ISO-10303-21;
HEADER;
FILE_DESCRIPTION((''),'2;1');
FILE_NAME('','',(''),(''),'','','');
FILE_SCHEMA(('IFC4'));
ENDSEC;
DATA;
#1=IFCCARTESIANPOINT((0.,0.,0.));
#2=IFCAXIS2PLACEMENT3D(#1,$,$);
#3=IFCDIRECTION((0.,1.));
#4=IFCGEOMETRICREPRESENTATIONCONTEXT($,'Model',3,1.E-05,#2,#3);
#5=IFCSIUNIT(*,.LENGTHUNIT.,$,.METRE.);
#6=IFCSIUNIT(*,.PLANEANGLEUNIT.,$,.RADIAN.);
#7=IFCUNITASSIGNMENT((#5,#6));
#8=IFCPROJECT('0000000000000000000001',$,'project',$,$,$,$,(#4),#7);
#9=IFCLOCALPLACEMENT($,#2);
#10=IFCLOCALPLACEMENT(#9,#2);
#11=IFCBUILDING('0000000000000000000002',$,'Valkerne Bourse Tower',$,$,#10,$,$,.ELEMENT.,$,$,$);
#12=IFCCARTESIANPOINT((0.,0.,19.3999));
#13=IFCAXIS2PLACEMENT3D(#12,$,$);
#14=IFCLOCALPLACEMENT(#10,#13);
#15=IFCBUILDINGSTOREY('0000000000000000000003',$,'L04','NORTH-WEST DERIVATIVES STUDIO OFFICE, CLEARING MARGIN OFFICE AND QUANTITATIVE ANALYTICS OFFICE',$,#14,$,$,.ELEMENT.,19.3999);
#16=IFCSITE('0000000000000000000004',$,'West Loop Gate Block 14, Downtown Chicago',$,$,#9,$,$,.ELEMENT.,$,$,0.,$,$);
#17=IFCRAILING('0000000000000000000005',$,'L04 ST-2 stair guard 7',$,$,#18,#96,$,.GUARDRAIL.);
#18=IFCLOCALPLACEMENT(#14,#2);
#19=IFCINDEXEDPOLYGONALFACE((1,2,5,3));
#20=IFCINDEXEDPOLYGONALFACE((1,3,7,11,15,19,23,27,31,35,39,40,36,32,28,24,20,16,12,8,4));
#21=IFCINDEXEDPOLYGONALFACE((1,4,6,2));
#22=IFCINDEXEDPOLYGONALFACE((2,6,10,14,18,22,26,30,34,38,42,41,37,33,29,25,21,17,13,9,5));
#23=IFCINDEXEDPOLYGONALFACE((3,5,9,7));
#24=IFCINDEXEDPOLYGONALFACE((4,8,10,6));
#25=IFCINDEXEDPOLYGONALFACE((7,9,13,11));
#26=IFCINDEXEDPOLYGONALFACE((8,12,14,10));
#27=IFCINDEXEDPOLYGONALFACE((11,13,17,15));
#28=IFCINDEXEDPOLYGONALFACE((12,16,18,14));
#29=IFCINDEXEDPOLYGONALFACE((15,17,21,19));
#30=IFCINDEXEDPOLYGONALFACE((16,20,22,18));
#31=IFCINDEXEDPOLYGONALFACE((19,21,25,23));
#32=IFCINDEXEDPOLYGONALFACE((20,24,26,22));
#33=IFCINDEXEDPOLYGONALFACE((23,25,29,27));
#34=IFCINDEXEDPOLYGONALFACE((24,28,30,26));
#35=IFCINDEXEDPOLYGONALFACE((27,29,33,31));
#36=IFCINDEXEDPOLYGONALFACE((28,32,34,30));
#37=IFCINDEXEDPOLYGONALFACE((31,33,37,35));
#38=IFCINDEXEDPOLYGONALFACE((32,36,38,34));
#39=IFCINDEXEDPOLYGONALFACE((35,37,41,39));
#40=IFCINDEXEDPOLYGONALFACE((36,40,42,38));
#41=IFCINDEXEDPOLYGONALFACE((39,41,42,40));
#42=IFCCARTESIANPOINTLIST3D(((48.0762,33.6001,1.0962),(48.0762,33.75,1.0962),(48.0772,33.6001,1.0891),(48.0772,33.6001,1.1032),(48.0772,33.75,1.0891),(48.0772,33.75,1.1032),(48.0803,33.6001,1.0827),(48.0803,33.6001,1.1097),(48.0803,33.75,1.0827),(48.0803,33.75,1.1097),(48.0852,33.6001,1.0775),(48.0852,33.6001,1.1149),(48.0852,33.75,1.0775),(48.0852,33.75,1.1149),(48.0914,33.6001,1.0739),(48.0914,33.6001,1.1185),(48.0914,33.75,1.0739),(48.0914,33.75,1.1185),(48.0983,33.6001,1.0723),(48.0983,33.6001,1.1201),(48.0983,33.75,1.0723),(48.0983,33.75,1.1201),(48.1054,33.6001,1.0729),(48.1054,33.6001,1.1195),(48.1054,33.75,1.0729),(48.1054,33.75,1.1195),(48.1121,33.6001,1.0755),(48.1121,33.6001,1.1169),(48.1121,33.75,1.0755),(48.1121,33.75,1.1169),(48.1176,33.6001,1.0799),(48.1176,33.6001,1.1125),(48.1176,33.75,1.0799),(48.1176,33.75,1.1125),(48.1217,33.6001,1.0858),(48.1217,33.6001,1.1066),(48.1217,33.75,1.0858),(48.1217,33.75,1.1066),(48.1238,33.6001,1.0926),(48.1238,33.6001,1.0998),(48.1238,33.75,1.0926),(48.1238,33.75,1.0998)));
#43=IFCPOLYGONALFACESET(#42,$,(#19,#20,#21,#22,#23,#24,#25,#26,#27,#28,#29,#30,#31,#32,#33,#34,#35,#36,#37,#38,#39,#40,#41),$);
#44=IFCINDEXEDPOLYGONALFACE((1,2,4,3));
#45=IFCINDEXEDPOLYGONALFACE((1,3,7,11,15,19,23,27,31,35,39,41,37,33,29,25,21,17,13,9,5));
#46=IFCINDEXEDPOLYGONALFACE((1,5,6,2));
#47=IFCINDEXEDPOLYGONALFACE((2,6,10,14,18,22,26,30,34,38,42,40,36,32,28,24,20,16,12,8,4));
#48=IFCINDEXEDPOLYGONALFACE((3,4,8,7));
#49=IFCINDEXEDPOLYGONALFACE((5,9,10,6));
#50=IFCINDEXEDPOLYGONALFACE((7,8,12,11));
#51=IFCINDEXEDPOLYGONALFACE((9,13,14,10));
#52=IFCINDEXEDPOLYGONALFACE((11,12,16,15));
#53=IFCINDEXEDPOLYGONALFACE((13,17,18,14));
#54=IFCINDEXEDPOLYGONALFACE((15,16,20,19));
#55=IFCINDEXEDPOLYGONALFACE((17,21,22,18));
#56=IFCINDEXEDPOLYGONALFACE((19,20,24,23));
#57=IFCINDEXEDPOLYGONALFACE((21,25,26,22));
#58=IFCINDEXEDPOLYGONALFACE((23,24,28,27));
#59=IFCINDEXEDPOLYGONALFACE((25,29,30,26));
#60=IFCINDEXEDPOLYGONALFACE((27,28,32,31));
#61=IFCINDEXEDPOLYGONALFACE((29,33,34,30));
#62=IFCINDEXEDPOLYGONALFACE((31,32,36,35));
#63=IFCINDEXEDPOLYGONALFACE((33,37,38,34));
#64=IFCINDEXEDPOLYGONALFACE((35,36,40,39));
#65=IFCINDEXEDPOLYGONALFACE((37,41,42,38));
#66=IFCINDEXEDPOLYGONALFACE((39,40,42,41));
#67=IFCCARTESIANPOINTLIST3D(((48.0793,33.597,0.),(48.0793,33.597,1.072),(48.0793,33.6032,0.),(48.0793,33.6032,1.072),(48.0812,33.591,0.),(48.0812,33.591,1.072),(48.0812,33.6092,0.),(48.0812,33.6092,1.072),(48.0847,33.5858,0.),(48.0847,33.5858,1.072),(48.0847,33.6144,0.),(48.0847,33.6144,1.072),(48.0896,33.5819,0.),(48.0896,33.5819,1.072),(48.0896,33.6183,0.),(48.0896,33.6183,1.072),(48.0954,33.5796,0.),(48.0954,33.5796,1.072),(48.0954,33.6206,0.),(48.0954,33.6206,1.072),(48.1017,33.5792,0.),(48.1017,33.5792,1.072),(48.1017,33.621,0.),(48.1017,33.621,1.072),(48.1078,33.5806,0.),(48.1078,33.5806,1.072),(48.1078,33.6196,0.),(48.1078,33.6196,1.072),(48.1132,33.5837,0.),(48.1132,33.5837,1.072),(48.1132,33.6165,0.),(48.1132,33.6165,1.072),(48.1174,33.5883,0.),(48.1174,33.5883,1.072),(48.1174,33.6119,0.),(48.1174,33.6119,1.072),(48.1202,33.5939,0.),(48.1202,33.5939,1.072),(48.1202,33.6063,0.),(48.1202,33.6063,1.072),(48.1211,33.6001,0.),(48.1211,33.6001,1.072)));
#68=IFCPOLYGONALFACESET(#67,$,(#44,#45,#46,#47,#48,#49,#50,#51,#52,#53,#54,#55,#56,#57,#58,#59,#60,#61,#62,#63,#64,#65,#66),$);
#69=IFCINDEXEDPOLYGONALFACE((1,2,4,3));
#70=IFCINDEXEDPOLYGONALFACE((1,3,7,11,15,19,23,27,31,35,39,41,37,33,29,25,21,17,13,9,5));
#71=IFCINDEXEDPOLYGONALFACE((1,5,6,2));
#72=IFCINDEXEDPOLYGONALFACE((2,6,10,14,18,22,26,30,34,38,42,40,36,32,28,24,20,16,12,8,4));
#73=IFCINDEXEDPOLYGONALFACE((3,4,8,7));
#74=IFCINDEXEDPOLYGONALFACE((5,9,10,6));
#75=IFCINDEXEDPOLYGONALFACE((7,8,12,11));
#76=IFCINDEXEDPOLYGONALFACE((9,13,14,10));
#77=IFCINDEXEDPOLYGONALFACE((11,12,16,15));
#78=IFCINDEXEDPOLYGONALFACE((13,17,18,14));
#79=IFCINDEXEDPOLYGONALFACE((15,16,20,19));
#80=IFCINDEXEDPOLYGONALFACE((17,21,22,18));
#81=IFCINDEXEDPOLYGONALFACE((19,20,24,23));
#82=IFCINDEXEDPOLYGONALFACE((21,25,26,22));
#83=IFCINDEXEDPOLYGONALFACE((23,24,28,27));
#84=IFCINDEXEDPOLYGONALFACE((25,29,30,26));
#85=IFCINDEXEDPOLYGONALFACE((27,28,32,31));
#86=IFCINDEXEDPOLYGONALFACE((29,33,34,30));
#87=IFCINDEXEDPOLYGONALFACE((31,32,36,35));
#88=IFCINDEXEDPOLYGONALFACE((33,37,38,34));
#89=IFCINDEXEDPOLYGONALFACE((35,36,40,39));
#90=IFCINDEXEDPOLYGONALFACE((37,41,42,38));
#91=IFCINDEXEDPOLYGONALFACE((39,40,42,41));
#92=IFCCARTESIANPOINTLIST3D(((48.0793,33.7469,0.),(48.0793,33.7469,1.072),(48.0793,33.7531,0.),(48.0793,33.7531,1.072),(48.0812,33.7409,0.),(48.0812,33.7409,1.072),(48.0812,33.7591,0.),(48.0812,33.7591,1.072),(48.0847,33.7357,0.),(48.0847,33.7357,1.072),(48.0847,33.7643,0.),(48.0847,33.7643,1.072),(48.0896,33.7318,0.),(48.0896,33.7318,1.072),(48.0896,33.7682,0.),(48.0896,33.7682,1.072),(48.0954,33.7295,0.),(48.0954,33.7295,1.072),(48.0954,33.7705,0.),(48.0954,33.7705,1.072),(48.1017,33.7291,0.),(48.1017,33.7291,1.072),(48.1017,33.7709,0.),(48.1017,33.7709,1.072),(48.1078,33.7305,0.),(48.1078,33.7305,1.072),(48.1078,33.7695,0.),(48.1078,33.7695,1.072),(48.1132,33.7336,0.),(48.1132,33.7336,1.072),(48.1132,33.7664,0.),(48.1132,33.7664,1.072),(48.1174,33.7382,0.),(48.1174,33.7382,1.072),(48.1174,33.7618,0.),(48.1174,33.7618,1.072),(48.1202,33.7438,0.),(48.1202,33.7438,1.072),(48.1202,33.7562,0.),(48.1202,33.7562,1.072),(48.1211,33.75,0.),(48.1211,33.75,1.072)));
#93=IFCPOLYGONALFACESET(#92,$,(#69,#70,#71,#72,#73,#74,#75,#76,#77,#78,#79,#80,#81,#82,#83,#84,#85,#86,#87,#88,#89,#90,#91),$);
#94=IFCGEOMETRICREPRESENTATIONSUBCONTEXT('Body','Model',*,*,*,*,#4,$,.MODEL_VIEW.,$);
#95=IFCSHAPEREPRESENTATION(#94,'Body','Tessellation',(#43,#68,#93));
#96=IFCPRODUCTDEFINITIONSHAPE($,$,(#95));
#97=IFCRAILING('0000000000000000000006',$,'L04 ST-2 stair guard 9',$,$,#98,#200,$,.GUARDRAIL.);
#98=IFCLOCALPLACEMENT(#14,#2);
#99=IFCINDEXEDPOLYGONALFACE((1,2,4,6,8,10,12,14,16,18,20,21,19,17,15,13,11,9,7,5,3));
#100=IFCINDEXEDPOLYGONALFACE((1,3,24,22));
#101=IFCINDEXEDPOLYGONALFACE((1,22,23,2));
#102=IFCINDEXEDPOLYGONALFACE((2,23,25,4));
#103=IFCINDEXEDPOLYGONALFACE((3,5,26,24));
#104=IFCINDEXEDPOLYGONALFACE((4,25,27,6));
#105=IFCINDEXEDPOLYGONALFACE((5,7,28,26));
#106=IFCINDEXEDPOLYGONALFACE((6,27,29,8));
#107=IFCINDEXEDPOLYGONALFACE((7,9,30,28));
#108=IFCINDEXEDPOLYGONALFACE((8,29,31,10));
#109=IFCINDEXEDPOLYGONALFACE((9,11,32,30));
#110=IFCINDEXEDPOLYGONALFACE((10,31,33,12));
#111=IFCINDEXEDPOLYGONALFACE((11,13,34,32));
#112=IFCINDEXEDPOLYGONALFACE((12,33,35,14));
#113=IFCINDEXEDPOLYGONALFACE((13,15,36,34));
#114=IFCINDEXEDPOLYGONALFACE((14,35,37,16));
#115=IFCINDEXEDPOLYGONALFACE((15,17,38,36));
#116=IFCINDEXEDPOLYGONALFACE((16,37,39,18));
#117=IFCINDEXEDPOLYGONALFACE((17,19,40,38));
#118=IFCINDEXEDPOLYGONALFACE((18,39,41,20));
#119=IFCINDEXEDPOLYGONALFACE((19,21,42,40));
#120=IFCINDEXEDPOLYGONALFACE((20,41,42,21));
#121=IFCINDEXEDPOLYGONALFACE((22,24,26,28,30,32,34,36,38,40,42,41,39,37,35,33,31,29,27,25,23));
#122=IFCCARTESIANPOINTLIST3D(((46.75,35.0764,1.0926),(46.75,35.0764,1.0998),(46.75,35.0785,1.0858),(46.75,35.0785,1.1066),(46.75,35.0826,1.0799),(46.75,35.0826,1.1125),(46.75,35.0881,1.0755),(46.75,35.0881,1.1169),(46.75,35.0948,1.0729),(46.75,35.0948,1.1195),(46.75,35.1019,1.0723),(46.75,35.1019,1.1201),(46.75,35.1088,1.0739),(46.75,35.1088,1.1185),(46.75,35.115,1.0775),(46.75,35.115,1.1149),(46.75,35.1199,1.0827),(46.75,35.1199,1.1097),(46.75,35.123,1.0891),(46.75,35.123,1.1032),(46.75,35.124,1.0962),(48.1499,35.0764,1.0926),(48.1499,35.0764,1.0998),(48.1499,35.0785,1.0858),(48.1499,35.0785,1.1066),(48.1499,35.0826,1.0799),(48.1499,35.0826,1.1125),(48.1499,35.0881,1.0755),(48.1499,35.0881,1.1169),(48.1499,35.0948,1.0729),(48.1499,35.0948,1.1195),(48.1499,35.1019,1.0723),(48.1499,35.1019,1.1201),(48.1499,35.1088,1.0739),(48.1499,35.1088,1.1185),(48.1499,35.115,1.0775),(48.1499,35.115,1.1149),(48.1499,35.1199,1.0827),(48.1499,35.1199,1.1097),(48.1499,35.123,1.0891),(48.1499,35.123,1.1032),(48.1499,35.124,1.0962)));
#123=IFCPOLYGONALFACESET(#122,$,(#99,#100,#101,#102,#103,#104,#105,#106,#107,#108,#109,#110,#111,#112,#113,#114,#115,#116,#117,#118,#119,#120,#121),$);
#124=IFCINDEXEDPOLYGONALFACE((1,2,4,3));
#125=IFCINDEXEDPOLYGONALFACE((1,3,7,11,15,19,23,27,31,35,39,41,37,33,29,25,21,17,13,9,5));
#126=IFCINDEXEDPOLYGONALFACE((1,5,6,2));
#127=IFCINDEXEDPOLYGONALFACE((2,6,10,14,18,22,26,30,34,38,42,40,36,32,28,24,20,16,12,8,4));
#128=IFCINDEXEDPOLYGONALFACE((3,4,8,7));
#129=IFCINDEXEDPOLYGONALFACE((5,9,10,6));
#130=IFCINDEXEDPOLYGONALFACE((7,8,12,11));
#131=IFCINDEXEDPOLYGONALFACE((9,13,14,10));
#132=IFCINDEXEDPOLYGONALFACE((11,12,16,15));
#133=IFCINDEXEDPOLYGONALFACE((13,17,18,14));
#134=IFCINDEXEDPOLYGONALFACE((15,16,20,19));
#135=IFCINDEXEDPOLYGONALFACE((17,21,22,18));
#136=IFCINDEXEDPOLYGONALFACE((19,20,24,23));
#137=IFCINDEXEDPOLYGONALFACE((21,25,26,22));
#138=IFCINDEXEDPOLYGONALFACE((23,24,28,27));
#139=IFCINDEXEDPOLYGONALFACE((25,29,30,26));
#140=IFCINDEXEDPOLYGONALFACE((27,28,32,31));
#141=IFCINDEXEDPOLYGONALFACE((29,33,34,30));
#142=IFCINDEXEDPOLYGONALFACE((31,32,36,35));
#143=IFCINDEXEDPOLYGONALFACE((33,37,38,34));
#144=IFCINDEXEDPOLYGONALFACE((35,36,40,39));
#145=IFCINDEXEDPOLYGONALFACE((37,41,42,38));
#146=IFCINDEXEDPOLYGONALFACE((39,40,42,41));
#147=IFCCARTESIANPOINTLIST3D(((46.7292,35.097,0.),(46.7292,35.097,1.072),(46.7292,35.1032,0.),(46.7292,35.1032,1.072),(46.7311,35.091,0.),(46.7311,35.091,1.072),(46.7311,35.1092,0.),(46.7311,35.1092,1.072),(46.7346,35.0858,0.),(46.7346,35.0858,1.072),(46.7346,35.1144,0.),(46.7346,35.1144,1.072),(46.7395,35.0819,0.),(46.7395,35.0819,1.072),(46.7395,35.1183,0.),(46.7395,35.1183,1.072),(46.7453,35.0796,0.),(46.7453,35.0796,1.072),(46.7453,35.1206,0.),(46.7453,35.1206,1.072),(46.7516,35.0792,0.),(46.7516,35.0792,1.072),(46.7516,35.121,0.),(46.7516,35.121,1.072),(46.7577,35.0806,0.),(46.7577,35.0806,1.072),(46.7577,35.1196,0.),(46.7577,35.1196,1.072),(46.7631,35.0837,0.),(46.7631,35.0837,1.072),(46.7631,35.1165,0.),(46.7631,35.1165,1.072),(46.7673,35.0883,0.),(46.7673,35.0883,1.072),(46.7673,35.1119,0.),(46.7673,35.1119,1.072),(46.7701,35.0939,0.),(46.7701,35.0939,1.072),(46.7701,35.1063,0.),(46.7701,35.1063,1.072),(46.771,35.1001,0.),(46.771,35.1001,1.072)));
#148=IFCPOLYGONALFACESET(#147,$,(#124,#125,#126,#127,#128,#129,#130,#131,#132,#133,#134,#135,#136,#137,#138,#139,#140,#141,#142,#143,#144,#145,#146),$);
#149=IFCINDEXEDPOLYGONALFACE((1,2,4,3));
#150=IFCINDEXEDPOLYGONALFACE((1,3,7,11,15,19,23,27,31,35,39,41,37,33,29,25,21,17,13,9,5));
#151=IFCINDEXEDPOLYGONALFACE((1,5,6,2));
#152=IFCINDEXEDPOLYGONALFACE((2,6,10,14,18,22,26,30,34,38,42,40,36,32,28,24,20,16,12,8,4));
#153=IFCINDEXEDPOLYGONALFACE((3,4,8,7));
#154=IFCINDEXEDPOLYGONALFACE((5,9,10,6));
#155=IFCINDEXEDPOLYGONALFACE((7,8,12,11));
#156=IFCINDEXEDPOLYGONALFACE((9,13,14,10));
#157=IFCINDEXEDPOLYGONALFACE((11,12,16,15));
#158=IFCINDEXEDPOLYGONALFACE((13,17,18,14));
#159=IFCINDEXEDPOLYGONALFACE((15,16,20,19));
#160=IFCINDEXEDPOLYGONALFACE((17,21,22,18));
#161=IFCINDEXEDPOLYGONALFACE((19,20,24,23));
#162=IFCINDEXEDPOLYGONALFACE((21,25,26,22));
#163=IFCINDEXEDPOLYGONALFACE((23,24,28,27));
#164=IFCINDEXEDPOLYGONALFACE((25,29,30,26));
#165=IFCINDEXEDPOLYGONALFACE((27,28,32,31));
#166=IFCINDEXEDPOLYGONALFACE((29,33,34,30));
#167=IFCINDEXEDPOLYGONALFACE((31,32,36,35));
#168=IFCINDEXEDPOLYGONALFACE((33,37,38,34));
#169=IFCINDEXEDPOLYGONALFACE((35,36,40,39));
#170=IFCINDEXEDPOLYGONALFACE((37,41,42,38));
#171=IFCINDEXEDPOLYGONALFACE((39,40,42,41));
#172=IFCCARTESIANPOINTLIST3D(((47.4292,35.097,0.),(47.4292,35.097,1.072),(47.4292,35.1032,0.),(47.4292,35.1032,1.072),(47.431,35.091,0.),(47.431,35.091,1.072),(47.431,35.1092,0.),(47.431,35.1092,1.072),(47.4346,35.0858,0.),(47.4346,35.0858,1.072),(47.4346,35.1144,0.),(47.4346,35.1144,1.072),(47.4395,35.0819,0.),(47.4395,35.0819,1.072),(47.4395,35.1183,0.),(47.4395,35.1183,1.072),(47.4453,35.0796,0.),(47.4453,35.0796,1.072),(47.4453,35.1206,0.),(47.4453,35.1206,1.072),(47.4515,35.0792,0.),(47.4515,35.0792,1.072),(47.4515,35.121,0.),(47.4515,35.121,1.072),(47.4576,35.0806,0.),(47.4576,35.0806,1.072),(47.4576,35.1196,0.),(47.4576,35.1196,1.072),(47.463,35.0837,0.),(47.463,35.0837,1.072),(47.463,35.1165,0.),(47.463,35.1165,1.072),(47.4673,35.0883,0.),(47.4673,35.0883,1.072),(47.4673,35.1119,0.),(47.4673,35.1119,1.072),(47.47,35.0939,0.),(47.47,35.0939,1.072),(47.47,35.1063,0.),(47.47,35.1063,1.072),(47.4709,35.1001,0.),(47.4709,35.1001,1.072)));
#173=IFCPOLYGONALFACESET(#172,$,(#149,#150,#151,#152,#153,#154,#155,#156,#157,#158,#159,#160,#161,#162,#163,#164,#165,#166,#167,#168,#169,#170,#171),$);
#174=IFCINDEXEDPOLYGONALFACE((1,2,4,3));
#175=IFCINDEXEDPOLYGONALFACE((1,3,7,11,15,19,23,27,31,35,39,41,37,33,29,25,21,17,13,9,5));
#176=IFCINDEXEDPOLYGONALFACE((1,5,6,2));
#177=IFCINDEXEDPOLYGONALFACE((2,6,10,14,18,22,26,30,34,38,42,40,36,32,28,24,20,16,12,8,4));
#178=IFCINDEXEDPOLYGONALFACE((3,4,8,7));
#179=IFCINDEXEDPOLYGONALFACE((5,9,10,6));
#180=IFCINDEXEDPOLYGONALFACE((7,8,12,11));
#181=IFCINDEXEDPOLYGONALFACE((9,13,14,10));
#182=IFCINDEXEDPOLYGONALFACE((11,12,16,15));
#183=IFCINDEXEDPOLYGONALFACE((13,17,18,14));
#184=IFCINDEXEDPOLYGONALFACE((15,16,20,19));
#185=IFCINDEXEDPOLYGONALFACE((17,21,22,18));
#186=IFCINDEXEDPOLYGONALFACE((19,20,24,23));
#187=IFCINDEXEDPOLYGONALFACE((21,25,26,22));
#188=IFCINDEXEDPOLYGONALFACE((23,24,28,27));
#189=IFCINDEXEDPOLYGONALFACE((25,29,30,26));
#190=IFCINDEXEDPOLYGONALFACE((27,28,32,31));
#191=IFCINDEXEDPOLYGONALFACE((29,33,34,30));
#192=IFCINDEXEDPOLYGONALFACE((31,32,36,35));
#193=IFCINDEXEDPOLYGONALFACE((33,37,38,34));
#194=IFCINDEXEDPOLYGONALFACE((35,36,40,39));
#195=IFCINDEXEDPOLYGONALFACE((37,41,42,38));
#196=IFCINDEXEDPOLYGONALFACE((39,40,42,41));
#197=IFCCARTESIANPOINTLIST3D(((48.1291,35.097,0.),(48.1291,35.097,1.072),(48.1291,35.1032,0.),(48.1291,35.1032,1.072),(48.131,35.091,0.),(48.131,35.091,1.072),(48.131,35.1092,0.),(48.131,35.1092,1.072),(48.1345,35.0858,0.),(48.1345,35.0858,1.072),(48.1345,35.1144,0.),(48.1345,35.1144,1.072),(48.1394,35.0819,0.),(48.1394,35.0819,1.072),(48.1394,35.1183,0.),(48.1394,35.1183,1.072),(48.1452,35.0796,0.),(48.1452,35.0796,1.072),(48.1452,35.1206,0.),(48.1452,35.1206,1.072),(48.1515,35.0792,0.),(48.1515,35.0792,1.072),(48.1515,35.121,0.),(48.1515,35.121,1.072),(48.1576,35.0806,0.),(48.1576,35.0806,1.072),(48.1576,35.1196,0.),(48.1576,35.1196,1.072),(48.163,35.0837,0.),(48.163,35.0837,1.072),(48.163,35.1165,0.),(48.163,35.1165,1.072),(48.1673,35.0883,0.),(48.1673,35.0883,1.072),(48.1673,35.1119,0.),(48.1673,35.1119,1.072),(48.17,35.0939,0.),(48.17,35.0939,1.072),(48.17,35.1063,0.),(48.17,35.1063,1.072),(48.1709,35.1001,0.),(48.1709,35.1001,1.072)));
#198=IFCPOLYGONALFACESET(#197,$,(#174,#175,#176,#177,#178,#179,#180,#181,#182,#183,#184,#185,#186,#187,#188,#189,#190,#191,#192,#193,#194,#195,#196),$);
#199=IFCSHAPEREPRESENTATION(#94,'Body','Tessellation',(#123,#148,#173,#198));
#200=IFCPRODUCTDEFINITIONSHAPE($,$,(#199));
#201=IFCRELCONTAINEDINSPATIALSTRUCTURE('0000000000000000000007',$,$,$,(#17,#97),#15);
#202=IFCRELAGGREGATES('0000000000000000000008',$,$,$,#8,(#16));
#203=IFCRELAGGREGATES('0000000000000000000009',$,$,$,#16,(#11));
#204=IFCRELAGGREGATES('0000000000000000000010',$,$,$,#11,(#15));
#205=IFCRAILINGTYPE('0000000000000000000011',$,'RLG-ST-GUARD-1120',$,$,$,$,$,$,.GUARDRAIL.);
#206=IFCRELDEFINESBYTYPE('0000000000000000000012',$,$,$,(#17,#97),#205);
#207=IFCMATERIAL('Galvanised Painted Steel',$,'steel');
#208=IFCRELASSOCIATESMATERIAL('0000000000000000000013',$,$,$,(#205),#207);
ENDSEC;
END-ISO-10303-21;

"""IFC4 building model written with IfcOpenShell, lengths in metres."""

from ifc_helpers import new_model, si_unit, direction, frame, origin, origin_2d, place, context, subcontext, project, spatial, circle, extrude, material, type_object, element, save


model = new_model("IFC4")

# Units and contexts
model_context = context("Model", 3, precision=1e-05, world=origin(), true_north=direction((0.0, 1.0)))
body_context = subcontext(model_context, "Body", "Model", "MODEL_VIEW")
ifc_project = project(units=[si_unit("LENGTHUNIT", "METRE"), si_unit("PLANEANGLEUNIT", "RADIAN")], contexts=[model_context])

# Site, building, storey
site_placement = place(None, origin())
site = spatial("IfcSite", under=ifc_project, at=site_placement, Name="West Loop Gate Block 14, Downtown Chicago", CompositionType="ELEMENT", RefElevation=0.0)
building_placement = place(site_placement, origin())
building = spatial("IfcBuilding", under=site, at=building_placement, Name="Valkerne Bourse Tower", CompositionType="ELEMENT")
storey_placement = place(building_placement, frame((0.0, 0.0, 19.3999)))
storey = spatial("IfcBuildingStorey", under=building, at=storey_placement, Name="L04", Description="NORTH-WEST DERIVATIVES STUDIO OFFICE, CLEARING MARGIN OFFICE AND QUANTITATIVE ANALYTICS OFFICE", CompositionType="ELEMENT", Elevation=19.3999)

# Shared definitions
ifc_material_1 = material(Name="Galvanised Painted Steel", Category="steel")

# Railings
railing_type_1 = type_object("IfcRailingType", Name="RLG-ST-GUARD-1120", PredefinedType="GUARDRAIL", material=ifc_material_1)
railing_1_placement = place(storey_placement, frame((48.1001, 33.6001, 0.0)))
element("IfcRailing", 1, at=railing_1_placement, inside=storey, type_object=railing_type_1, Name="L04 ST-2 stair guard 7", PredefinedType="GUARDRAIL", context=body_context, shape_type="SweptSolid", body=[
    extrude(circle(Radius=0.0239, at=origin_2d()), frame((0.0, 0.0, 1.0962), z_axis=(0.0, 1.0, 0.0), x_axis=(-1.0, 0.0, 0.0)), (0.0, 0.0, 1.0), 0.1499),
    extrude(circle(Radius=0.021, at=origin_2d()), origin(), (0.0, 0.0, 1.0), 1.072),
    extrude(circle(Radius=0.021, at=origin_2d()), frame((0.0, 0.1499, 0.0)), (0.0, 0.0, 1.0), 1.072),
])
railing_2_placement = place(storey_placement, frame((46.75, 35.1001, 0.0)))
element("IfcRailing", 2, at=railing_2_placement, inside=storey, type_object=railing_type_1, Name="L04 ST-2 stair guard 9", PredefinedType="GUARDRAIL", context=body_context, shape_type="SweptSolid", body=[
    extrude(circle(Radius=0.0239, at=origin_2d()), frame((0.0, 0.0, 1.0962), z_axis=(1.0, 0.0, 0.0), x_axis=(0.0, 1.0, 0.0)), (0.0, 0.0, 1.0), 1.3999),
    extrude(circle(Radius=0.021, at=origin_2d()), origin(), (0.0, 0.0, 1.0), 1.072),
    extrude(circle(Radius=0.021, at=origin_2d()), frame((0.7, 0.0, 0.0)), (0.0, 0.0, 1.0), 1.072),
    extrude(circle(Radius=0.021, at=origin_2d()), frame((1.3999, 0.0, 0.0)), (0.0, 0.0, 1.0), 1.072),
])

save(model, "model.ifc")
